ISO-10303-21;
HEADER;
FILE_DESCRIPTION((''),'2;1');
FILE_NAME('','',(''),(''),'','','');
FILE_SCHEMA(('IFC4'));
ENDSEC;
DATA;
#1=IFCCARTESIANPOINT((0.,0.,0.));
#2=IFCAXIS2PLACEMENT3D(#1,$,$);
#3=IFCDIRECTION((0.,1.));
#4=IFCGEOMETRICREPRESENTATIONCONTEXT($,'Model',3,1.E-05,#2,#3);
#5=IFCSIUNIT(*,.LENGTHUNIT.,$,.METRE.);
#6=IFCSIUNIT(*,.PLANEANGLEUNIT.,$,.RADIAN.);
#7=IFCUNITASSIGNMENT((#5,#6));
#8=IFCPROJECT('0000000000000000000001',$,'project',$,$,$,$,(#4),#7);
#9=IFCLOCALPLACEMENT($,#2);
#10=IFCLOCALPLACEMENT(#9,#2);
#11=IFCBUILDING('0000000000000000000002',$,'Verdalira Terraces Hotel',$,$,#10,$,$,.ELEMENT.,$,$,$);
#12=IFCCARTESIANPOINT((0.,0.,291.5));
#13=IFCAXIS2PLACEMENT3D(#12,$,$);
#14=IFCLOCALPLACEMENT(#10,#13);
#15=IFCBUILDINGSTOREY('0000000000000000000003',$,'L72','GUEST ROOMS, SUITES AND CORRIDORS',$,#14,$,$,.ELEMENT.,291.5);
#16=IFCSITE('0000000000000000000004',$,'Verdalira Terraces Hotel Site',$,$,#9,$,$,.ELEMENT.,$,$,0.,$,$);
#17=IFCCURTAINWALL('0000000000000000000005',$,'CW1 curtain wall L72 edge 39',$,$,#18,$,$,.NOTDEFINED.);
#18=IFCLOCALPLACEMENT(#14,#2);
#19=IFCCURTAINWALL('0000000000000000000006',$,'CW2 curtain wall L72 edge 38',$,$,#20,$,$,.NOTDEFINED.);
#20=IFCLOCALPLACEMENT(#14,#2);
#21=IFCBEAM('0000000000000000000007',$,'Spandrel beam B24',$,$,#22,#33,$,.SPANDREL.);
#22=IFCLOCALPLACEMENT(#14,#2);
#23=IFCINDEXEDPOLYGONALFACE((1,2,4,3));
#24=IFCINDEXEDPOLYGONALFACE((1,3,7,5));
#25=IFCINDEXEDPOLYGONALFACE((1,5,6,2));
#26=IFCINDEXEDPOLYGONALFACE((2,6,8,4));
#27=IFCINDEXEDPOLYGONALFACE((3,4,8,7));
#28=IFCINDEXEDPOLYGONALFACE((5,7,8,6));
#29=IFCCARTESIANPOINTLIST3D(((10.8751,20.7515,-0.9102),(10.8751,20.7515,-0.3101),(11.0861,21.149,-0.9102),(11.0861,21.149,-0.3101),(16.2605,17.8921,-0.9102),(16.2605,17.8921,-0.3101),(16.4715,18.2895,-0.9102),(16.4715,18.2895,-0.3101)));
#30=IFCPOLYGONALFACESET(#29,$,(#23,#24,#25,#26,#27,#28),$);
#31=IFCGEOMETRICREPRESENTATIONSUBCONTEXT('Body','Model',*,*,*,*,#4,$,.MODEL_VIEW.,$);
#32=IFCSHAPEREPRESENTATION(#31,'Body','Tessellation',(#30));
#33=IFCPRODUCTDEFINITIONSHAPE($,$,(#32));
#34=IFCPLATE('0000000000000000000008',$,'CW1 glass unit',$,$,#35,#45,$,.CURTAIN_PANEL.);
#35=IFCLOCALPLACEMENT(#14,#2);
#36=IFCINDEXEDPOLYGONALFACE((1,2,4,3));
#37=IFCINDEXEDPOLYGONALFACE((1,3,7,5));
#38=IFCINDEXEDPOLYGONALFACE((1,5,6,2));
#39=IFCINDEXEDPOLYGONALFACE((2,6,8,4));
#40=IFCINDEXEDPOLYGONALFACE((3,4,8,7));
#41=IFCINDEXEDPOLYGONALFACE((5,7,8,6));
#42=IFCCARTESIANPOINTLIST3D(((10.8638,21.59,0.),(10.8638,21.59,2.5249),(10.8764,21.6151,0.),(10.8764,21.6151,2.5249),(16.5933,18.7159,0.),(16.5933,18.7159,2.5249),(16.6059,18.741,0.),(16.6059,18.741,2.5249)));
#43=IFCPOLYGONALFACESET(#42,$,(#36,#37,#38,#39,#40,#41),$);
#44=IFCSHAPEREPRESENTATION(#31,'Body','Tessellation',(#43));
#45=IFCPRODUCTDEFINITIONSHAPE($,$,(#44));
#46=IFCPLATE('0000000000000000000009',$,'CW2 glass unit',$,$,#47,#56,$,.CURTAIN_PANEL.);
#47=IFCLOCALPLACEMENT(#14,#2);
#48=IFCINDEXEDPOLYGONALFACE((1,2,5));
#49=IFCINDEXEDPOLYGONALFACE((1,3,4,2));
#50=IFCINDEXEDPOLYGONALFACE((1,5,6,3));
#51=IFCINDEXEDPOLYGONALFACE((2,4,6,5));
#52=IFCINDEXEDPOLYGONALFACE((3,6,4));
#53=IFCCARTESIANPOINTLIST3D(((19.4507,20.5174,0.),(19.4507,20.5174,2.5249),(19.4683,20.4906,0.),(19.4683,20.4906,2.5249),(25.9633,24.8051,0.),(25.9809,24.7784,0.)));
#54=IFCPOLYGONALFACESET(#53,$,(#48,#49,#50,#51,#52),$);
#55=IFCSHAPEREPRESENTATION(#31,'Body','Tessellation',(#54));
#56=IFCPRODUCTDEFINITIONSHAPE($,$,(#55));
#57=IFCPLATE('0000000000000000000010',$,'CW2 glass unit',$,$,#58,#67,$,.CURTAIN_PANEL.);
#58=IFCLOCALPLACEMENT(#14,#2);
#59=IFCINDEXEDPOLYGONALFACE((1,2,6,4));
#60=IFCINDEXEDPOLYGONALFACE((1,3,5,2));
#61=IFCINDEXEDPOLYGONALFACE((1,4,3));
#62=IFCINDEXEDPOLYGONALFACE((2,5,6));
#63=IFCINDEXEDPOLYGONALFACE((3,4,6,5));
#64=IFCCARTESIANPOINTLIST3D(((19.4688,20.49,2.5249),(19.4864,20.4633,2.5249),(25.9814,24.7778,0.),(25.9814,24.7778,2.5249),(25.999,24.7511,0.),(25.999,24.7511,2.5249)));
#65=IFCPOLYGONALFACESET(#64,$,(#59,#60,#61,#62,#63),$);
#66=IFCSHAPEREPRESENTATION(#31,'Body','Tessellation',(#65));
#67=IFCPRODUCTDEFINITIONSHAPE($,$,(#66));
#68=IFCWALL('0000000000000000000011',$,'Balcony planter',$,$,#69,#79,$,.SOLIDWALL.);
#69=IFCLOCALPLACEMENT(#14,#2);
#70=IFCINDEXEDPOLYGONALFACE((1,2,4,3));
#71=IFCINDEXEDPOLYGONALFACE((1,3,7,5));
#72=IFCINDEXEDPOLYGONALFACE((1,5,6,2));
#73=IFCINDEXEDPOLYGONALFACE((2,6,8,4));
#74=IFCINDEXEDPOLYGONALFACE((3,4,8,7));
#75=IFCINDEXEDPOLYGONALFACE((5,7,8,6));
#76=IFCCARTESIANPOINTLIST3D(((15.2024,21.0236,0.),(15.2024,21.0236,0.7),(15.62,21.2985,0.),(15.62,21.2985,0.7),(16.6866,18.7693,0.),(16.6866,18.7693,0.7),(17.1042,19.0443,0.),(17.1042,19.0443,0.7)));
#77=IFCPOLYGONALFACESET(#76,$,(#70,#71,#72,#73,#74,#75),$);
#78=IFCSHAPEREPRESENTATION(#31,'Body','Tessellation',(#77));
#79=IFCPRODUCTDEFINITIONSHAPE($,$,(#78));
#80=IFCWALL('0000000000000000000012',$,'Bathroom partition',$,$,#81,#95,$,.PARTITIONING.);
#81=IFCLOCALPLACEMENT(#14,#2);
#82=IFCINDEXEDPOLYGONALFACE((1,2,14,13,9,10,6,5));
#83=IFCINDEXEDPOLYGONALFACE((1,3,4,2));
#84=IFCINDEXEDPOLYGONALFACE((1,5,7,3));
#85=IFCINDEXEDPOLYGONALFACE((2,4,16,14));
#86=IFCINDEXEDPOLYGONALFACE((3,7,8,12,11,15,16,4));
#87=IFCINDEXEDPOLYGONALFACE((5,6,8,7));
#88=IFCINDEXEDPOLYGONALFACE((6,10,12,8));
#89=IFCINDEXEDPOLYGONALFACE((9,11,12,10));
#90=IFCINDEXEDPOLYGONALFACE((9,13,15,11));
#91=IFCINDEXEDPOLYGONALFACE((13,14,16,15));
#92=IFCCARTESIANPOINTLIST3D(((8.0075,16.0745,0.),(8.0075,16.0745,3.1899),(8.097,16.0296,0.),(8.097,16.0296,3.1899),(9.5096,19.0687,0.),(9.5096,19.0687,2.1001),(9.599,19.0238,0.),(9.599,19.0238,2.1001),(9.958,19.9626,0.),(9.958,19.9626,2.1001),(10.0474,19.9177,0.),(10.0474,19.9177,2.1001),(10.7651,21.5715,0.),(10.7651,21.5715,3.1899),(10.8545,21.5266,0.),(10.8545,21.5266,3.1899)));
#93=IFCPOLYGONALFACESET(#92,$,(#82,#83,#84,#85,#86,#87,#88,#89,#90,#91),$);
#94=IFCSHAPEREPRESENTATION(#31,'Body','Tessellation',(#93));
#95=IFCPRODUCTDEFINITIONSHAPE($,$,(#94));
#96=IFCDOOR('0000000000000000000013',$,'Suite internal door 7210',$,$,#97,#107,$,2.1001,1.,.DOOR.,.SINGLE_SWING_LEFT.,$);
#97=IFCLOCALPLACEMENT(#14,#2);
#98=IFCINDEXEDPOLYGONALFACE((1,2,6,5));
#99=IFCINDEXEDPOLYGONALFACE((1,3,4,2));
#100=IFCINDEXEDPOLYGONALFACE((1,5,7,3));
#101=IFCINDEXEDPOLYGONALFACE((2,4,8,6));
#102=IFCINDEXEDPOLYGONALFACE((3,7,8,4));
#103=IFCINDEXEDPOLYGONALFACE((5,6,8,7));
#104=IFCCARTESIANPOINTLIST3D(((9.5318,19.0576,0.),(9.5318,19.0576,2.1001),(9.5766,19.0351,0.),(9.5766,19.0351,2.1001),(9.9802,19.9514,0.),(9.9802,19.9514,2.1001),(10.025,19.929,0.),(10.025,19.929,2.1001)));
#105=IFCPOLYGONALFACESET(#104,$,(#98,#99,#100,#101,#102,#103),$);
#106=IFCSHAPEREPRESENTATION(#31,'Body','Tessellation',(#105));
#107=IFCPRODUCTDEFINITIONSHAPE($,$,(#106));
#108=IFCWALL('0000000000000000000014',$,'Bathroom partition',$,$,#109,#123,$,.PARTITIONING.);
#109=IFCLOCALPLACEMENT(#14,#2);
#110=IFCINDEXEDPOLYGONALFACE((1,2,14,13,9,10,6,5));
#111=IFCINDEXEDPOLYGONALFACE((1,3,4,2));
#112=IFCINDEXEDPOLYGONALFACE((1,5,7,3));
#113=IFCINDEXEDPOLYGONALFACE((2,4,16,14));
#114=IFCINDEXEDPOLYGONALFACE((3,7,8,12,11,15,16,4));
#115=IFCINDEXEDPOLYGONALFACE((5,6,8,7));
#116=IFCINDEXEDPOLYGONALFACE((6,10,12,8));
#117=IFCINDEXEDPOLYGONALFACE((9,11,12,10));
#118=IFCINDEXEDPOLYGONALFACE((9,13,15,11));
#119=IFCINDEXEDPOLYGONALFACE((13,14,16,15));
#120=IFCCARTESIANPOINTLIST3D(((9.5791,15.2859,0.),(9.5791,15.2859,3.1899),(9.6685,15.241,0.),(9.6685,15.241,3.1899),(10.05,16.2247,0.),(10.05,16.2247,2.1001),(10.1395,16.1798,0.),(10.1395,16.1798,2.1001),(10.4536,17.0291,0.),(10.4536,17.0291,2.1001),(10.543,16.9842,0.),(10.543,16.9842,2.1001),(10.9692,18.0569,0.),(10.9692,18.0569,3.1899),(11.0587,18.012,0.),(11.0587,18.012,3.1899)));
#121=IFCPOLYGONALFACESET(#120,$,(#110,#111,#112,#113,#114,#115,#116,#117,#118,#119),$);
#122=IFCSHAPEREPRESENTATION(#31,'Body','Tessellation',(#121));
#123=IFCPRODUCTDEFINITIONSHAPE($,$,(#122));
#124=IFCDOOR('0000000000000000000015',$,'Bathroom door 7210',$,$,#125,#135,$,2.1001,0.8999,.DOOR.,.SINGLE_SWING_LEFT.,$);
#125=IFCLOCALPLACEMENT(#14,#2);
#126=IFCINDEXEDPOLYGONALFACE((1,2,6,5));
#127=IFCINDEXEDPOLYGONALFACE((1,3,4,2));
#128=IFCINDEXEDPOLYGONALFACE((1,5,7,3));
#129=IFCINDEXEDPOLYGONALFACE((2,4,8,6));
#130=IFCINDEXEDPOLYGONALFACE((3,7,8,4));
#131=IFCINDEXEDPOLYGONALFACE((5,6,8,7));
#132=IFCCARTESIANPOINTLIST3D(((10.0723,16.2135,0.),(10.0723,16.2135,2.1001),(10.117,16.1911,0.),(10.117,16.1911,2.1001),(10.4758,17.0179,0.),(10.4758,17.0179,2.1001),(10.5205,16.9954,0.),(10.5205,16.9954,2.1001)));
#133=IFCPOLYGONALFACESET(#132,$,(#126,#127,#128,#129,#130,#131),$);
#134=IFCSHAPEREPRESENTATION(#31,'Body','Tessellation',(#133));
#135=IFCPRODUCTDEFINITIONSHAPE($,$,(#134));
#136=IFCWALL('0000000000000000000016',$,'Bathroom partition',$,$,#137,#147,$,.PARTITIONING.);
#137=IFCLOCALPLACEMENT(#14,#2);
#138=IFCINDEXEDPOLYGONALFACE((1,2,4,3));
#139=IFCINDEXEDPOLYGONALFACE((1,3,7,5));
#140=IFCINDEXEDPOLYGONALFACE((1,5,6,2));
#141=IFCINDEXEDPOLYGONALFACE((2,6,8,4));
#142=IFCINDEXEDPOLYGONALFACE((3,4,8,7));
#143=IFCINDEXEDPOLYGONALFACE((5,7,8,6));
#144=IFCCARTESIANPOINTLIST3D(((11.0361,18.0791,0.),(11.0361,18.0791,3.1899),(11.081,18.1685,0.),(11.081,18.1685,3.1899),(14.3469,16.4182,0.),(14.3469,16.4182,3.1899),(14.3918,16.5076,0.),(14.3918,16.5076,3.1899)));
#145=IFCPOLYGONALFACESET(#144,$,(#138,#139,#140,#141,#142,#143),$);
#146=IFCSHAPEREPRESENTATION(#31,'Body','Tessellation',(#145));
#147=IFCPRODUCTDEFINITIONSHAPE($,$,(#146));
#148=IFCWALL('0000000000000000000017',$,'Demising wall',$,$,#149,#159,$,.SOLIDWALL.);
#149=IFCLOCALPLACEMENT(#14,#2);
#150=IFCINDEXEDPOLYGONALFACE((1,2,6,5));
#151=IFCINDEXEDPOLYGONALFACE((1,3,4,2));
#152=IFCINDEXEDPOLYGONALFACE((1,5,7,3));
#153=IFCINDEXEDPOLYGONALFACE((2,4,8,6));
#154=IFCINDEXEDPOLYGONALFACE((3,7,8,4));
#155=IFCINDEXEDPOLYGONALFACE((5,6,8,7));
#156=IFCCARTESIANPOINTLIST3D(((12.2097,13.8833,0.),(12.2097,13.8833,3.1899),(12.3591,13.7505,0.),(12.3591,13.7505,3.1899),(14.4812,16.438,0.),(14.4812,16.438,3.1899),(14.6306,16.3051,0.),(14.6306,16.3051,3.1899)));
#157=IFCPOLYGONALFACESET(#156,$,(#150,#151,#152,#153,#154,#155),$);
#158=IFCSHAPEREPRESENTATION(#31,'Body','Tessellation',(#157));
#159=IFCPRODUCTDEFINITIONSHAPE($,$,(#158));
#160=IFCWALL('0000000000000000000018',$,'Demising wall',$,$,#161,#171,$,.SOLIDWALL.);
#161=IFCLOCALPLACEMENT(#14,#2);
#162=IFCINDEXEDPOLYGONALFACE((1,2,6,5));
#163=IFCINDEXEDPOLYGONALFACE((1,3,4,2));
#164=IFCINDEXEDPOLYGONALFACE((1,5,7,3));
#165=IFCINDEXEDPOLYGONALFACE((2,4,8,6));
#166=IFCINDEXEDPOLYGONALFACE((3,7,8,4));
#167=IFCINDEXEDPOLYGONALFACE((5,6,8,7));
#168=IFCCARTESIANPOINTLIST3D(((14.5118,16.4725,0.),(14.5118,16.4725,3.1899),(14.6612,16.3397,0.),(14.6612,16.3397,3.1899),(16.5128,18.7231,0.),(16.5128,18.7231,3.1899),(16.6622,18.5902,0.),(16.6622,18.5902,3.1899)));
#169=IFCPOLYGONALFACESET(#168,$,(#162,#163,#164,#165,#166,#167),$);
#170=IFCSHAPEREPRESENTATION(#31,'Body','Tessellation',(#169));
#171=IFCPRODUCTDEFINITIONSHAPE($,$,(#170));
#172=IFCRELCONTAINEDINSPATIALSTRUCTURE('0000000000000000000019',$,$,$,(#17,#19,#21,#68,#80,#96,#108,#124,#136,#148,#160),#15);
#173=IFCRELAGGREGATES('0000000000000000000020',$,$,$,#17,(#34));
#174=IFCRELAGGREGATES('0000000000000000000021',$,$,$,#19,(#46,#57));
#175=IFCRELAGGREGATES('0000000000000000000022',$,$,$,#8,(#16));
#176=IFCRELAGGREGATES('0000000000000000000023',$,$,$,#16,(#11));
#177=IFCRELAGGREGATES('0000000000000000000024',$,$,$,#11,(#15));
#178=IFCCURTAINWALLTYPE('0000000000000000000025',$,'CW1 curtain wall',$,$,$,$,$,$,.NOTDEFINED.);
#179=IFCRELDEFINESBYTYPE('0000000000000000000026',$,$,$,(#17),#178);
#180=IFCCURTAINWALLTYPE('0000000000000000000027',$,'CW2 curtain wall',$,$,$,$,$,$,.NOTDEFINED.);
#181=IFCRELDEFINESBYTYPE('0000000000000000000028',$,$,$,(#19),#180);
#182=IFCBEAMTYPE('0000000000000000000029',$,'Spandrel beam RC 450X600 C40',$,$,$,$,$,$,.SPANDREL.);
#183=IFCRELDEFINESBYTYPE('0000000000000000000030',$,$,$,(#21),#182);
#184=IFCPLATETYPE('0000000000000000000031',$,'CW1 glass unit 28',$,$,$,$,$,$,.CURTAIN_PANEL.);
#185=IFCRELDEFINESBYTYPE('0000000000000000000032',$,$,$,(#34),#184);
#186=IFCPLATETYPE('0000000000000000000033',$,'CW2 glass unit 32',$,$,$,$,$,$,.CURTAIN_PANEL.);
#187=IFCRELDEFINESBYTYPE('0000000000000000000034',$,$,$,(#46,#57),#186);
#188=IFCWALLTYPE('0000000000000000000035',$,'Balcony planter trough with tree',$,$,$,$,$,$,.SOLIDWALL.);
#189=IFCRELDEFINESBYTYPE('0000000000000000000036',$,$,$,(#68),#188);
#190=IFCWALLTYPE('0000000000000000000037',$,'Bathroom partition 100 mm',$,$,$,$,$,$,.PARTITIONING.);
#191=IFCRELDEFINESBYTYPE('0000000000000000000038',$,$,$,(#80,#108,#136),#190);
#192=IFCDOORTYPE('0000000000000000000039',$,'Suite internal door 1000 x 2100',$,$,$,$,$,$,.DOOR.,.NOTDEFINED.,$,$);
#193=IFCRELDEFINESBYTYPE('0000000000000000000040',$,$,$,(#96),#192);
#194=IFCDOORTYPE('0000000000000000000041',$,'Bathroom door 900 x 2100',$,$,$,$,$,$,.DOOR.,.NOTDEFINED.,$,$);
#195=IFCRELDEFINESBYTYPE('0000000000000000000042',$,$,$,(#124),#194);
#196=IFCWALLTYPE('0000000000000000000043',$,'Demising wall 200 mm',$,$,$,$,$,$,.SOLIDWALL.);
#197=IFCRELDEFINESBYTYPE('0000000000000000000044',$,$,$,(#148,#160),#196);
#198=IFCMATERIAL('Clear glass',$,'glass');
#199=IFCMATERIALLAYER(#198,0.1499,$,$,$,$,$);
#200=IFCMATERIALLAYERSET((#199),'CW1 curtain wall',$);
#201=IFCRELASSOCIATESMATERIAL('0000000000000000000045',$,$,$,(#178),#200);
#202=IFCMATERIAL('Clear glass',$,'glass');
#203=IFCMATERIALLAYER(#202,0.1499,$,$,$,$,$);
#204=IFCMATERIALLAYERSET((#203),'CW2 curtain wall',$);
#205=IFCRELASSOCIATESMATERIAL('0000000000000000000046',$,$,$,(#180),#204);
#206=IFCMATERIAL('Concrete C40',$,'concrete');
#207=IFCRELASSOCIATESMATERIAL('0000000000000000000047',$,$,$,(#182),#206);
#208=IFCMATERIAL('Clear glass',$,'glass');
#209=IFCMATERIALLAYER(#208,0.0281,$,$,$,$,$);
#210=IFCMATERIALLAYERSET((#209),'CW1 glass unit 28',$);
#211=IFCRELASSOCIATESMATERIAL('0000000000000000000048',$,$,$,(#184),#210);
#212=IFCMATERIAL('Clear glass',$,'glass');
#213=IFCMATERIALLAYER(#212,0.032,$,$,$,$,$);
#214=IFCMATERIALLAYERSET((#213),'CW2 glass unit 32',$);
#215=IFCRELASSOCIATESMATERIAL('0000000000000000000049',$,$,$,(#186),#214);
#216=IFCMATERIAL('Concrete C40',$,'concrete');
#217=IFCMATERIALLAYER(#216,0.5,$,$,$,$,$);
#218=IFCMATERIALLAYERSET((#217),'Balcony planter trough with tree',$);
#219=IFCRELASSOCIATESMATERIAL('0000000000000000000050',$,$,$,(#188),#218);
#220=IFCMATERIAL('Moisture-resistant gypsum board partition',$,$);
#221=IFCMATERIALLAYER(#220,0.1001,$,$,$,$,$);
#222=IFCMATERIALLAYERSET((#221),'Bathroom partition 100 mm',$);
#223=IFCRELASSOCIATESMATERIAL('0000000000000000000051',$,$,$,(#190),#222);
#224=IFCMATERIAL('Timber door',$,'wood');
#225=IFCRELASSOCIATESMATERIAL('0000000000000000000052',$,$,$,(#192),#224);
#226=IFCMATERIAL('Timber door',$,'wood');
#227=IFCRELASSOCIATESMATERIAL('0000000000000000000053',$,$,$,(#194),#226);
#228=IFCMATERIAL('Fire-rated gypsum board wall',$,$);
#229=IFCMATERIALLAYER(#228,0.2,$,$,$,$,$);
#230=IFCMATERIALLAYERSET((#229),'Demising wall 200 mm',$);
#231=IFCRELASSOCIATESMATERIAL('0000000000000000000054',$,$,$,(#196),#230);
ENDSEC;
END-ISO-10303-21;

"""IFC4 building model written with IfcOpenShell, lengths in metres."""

from ifc_helpers import new_model, si_unit, direction, frame, frame_2d, origin, origin_2d, place, context, subcontext, project, spatial, polyline, rectangle, outline, extrude, material, layer, layer_set, material_profile, profile_set, type_object, element, fill, aggregate, save


model = new_model("IFC4")

# Units and contexts
model_context = context("Model", 3, precision=1e-05, world=origin(), true_north=direction((0.0, 1.0)))
body_context = subcontext(model_context, "Body", "Model", "MODEL_VIEW")
ifc_project = project(units=[si_unit("LENGTHUNIT", "METRE"), si_unit("PLANEANGLEUNIT", "RADIAN")], contexts=[model_context])

# Site, building, storey
site_placement = place(None, origin())
site = spatial("IfcSite", under=ifc_project, at=site_placement, Name="Verdalira Terraces Hotel Site", CompositionType="ELEMENT", RefElevation=0.0)
building_placement = place(site_placement, origin())
building = spatial("IfcBuilding", under=site, at=building_placement, Name="Verdalira Terraces Hotel", CompositionType="ELEMENT")
storey_placement = place(building_placement, frame((0.0, 0.0, 291.5)))
storey = spatial("IfcBuildingStorey", under=building, at=storey_placement, Name="L72", Description="GUEST ROOMS, SUITES AND CORRIDORS", CompositionType="ELEMENT", Elevation=291.5)

# Curtain wall
ifc_material_1 = material(Name="Clear glass", Category="glass")
ifc_layer_1 = layer(ifc_material_1, 0.1499)
ifc_layer_set_1 = layer_set([ifc_layer_1], Name="CW1 curtain wall")
curtain_wall_type_1 = type_object("IfcCurtainWallType", Name="CW1 curtain wall", PredefinedType="NOTDEFINED", material=ifc_layer_set_1)
curtain_wall_1_placement = place(storey_placement, origin())
curtain_wall_1 = element("IfcCurtainWall", 1, at=curtain_wall_1_placement, inside=storey, type_object=curtain_wall_type_1, Name="CW1 curtain wall L72 edge 39", PredefinedType="NOTDEFINED")

# Curtain wall
ifc_material_2 = material(Name="Clear glass", Category="glass")
ifc_layer_2 = layer(ifc_material_2, 0.1499)
ifc_layer_set_2 = layer_set([ifc_layer_2], Name="CW2 curtain wall")
curtain_wall_type_2 = type_object("IfcCurtainWallType", Name="CW2 curtain wall", PredefinedType="NOTDEFINED", material=ifc_layer_set_2)
curtain_wall_2_placement = place(storey_placement, origin())
curtain_wall_2 = element("IfcCurtainWall", 2, at=curtain_wall_2_placement, inside=storey, type_object=curtain_wall_type_2, Name="CW2 curtain wall L72 edge 38", PredefinedType="NOTDEFINED")

# Beam
ifc_material_3 = material(Name="Concrete C40", Category="concrete")
ifc_material_profile_1 = material_profile(ifc_material_3, rectangle(XDim=0.45, YDim=0.6001, at=origin_2d()), Name="RC 450X600")
ifc_profile_set_1 = profile_set([ifc_material_profile_1], Name="Concrete C40")
beam_type_1 = type_object("IfcBeamType", Name="Spandrel beam RC 450X600 C40", PredefinedType="SPANDREL", material=ifc_profile_set_1)
beam_1_placement = place(storey_placement, frame((16.366, 18.0908, -0.6101), z_axis=(-0.88322, 0.468958, 0.0), x_axis=(-0.468958, -0.88322, 0.0)))
element("IfcBeam", 3, at=beam_1_placement, inside=storey, type_object=beam_type_1, Name="Spandrel beam B24", PredefinedType="SPANDREL", context=body_context, shape_type="SweptSolid", body=[
    extrude(rectangle(XDim=0.45, YDim=0.6001, at=origin_2d()), origin(), (0.0, 0.0, 1.0), 6.0974),
])

# Plates
ifc_material_4 = material(Name="Clear glass", Category="glass")
ifc_layer_3 = layer(ifc_material_4, 0.0281)
ifc_layer_set_3 = layer_set([ifc_layer_3], Name="CW1 glass unit 28")
plate_type_1 = type_object("IfcPlateType", Name="CW1 glass unit 28", PredefinedType="CURTAIN_PANEL", material=ifc_layer_set_3)
plate_1_placement = place(storey_placement, frame((13.7349, 20.1655, 0.0), z_axis=(0.0, 0.0, 1.0), x_axis=(-0.893841, 0.448383, 0.0)))
plate_1 = element("IfcPlate", 4, at=plate_1_placement, type_object=plate_type_1, Name="CW1 glass unit", PredefinedType="CURTAIN_PANEL", context=body_context, shape_type="SweptSolid", body=[
    extrude(rectangle(XDim=6.4099, YDim=0.0281, at=origin_2d()), origin(), (0.0, 0.0, 1.0), 2.5249),
])
aggregate(curtain_wall_1, [plate_1])
ifc_material_5 = material(Name="Clear glass", Category="glass")
ifc_layer_4 = layer(ifc_material_5, 0.032)
ifc_layer_set_4 = layer_set([ifc_layer_4], Name="CW2 glass unit 32")
plate_type_2 = type_object("IfcPlateType", Name="CW2 glass unit 32", PredefinedType="CURTAIN_PANEL", material=ifc_layer_set_4)
plate_2_placement = place(storey_placement, frame((22.7246, 22.6345, 1.2625), z_axis=(-0.549898, 0.835232, 0.0), x_axis=(-0.835232, -0.549898, 0.0)))
plate_2 = element("IfcPlate", 5, at=plate_2_placement, type_object=plate_type_2, Name="CW2 glass unit", PredefinedType="CURTAIN_PANEL", context=body_context, shape_type="SweptSolid", body=[
    extrude(outline(polyline([(-3.8987, -1.2625), (3.8987, -1.2625), (3.8987, 1.2625), (-3.8987, -1.2625)])), origin(), (0.0, 0.0, 1.0), 0.032),
])
plate_3_placement = place(storey_placement, frame((22.7427, 22.6072, 1.2625), z_axis=(-0.549898, 0.835232, 0.0), x_axis=(-0.835232, -0.549898, 0.0)))
plate_3 = element("IfcPlate", 6, at=plate_3_placement, type_object=plate_type_2, Name="CW2 glass unit", PredefinedType="CURTAIN_PANEL", context=body_context, shape_type="SweptSolid", body=[
    extrude(outline(polyline([(-3.8987, -1.2625), (3.8987, 1.2625), (-3.8987, 1.2625), (-3.8987, -1.2625)])), origin(), (0.0, 0.0, 1.0), 0.032),
])
aggregate(curtain_wall_2, [plate_2, plate_3])

# Wall
ifc_material_6 = material(Name="Concrete C40", Category="concrete")
ifc_layer_5 = layer(ifc_material_6, 0.5)
ifc_layer_set_5 = layer_set([ifc_layer_5], Name="Balcony planter trough with tree")
wall_type_1 = type_object("IfcWallType", Name="Balcony planter trough with tree", PredefinedType="SOLIDWALL", material=ifc_layer_set_5)
wall_1_placement = place(storey_placement, frame((15.4111, 21.1611, 0.0), z_axis=(0.0, 0.0, 1.0), x_axis=(0.549911, -0.835224, 0.0)))
element("IfcWall", 7, at=wall_1_placement, inside=storey, type_object=wall_type_1, Name="Balcony planter", PredefinedType="SOLIDWALL", context=body_context, shape_type="SweptSolid", body=[
    extrude(rectangle(XDim=2.699, YDim=0.5, at=frame_2d((1.3496, 0.0))), origin(), (0.0, 0.0, 1.0), 0.7),
])

# Walls, openings, doors
ifc_material_7 = material(Name="Moisture-resistant gypsum board partition")
ifc_layer_6 = layer(ifc_material_7, 0.1001)
ifc_layer_set_6 = layer_set([ifc_layer_6], Name="Bathroom partition 100 mm")
wall_type_2 = type_object("IfcWallType", Name="Bathroom partition 100 mm", PredefinedType="PARTITIONING", material=ifc_layer_set_6)
wall_2_placement = place(storey_placement, frame((10.8098, 21.5491, 0.0), z_axis=(0.0, 0.0, 1.0), x_axis=(-0.448388, -0.893839, 0.0)))
wall_2 = element("IfcWall", 8, at=wall_2_placement, inside=storey, type_object=wall_type_2, Name="Bathroom partition", PredefinedType="PARTITIONING", context=body_context, shape_type="SweptSolid", body=[
    extrude(rectangle(XDim=6.1499, YDim=0.1001, at=frame_2d((3.075, 0.0))), origin(), (0.0, 0.0, 1.0), 3.1899),
])
opening_1_placement = place(wall_2_placement, frame((1.8, 0.0, 0.0)))
opening_1 = element("IfcOpeningElement", 9, at=opening_1_placement, cuts=wall_2, PredefinedType="OPENING", context=body_context, shape_type="SweptSolid", body=[
    extrude(rectangle(XDim=1.0, YDim=2.1001, at=frame_2d((0.5, 1.05))), frame((0.0, 0.0601, 0.0), z_axis=(0.0, -1.0, 0.0), x_axis=(1.0, 0.0, 0.0)), (0.0, 0.0, 1.0), 0.1201),
])
ifc_material_8 = material(Name="Timber door", Category="wood")
door_type_1 = type_object("IfcDoorType", Name="Suite internal door 1000 x 2100", OperationType="NOTDEFINED", PredefinedType="DOOR", material=ifc_material_8)
door_1_placement = place(opening_1_placement, origin())
door_1 = element("IfcDoor", 10, at=door_1_placement, inside=storey, type_object=door_type_1, Name="Suite internal door 7210", OperationType="SINGLE_SWING_LEFT", OverallHeight=2.1001, OverallWidth=1.0, PredefinedType="DOOR", context=body_context, shape_type="SweptSolid", body=[
    extrude(rectangle(XDim=1.0, YDim=2.1001, at=frame_2d((0.5, 1.05))), frame((0.0, 0.0249, 0.0), z_axis=(0.0, -1.0, 0.0), x_axis=(1.0, 0.0, 0.0)), (0.0, 0.0, 1.0), 0.05),
])
fill(opening_1, door_1)
wall_3_placement = place(storey_placement, frame((11.0139, 18.0344, 0.0), z_axis=(0.0, 0.0, 1.0), x_axis=(-0.44841, -0.893828, 0.0)))
wall_3 = element("IfcWall", 11, at=wall_3_placement, inside=storey, type_object=wall_type_2, Name="Bathroom partition", PredefinedType="PARTITIONING", context=body_context, shape_type="SweptSolid", body=[
    extrude(rectangle(XDim=3.1001, YDim=0.1001, at=frame_2d((1.55, 0.0))), origin(), (0.0, 0.0, 1.0), 3.1899),
])
opening_2_placement = place(wall_3_placement, frame((1.1499, 0.0, 0.0)))
opening_2 = element("IfcOpeningElement", 12, at=opening_2_placement, cuts=wall_3, PredefinedType="OPENING", context=body_context, shape_type="SweptSolid", body=[
    extrude(rectangle(XDim=0.8999, YDim=2.1001, at=frame_2d((0.45, 1.05))), frame((0.0, 0.0601, 0.0), z_axis=(0.0, -1.0, 0.0), x_axis=(1.0, 0.0, 0.0)), (0.0, 0.0, 1.0), 0.1201),
])
ifc_material_9 = material(Name="Timber door", Category="wood")
door_type_2 = type_object("IfcDoorType", Name="Bathroom door 900 x 2100", OperationType="NOTDEFINED", PredefinedType="DOOR", material=ifc_material_9)
door_2_placement = place(opening_2_placement, origin())
door_2 = element("IfcDoor", 13, at=door_2_placement, inside=storey, type_object=door_type_2, Name="Bathroom door 7210", OperationType="SINGLE_SWING_LEFT", OverallHeight=2.1001, OverallWidth=0.8999, PredefinedType="DOOR", context=body_context, shape_type="SweptSolid", body=[
    extrude(rectangle(XDim=0.8999, YDim=2.1001, at=frame_2d((0.45, 1.05))), frame((0.0, 0.0249, 0.0), z_axis=(0.0, -1.0, 0.0), x_axis=(1.0, 0.0, 0.0)), (0.0, 0.0, 1.0), 0.05),
])
fill(opening_2, door_2)

# Walls
wall_4_placement = place(storey_placement, frame((14.3694, 16.4629, 0.0), z_axis=(0.0, 0.0, 1.0), x_axis=(-0.893833, 0.4484, 0.0)))
element("IfcWall", 14, at=wall_4_placement, inside=storey, type_object=wall_type_2, Name="Bathroom partition", PredefinedType="PARTITIONING", context=body_context, shape_type="SweptSolid", body=[
    extrude(rectangle(XDim=3.7041, YDim=0.1001, at=frame_2d((1.8521, 0.0))), origin(), (0.0, 0.0, 1.0), 3.1899),
])
ifc_material_10 = material(Name="Fire-rated gypsum board wall")
ifc_layer_7 = layer(ifc_material_10, 0.2)
ifc_layer_set_7 = layer_set([ifc_layer_7], Name="Demising wall 200 mm")
wall_type_3 = type_object("IfcWallType", Name="Demising wall 200 mm", PredefinedType="SOLIDWALL", material=ifc_layer_set_7)
wall_5_placement = place(storey_placement, frame((12.2844, 13.8169, 0.0), z_axis=(0.0, 0.0, 1.0), x_axis=(0.66447, 0.747315, 0.0)))
element("IfcWall", 15, at=wall_5_placement, inside=storey, type_object=wall_type_3, Name="Demising wall", PredefinedType="SOLIDWALL", context=body_context, shape_type="SweptSolid", body=[
    extrude(rectangle(XDim=3.4185, YDim=0.2, at=frame_2d((1.7092, 0.0))), origin(), (0.0, 0.0, 1.0), 3.1899),
])
wall_6_placement = place(storey_placement, frame((14.5864, 16.406, 0.0), z_axis=(0.0, 0.0, 1.0), x_axis=(0.664464, 0.74732, 0.0)))
element("IfcWall", 16, at=wall_6_placement, inside=storey, type_object=wall_type_3, Name="Demising wall", PredefinedType="SOLIDWALL", context=body_context, shape_type="SweptSolid", body=[
    extrude(rectangle(XDim=3.0115, YDim=0.2, at=frame_2d((1.5059, 0.0))), origin(), (0.0, 0.0, 1.0), 3.1899),
])

save(model, "model.ifc")
